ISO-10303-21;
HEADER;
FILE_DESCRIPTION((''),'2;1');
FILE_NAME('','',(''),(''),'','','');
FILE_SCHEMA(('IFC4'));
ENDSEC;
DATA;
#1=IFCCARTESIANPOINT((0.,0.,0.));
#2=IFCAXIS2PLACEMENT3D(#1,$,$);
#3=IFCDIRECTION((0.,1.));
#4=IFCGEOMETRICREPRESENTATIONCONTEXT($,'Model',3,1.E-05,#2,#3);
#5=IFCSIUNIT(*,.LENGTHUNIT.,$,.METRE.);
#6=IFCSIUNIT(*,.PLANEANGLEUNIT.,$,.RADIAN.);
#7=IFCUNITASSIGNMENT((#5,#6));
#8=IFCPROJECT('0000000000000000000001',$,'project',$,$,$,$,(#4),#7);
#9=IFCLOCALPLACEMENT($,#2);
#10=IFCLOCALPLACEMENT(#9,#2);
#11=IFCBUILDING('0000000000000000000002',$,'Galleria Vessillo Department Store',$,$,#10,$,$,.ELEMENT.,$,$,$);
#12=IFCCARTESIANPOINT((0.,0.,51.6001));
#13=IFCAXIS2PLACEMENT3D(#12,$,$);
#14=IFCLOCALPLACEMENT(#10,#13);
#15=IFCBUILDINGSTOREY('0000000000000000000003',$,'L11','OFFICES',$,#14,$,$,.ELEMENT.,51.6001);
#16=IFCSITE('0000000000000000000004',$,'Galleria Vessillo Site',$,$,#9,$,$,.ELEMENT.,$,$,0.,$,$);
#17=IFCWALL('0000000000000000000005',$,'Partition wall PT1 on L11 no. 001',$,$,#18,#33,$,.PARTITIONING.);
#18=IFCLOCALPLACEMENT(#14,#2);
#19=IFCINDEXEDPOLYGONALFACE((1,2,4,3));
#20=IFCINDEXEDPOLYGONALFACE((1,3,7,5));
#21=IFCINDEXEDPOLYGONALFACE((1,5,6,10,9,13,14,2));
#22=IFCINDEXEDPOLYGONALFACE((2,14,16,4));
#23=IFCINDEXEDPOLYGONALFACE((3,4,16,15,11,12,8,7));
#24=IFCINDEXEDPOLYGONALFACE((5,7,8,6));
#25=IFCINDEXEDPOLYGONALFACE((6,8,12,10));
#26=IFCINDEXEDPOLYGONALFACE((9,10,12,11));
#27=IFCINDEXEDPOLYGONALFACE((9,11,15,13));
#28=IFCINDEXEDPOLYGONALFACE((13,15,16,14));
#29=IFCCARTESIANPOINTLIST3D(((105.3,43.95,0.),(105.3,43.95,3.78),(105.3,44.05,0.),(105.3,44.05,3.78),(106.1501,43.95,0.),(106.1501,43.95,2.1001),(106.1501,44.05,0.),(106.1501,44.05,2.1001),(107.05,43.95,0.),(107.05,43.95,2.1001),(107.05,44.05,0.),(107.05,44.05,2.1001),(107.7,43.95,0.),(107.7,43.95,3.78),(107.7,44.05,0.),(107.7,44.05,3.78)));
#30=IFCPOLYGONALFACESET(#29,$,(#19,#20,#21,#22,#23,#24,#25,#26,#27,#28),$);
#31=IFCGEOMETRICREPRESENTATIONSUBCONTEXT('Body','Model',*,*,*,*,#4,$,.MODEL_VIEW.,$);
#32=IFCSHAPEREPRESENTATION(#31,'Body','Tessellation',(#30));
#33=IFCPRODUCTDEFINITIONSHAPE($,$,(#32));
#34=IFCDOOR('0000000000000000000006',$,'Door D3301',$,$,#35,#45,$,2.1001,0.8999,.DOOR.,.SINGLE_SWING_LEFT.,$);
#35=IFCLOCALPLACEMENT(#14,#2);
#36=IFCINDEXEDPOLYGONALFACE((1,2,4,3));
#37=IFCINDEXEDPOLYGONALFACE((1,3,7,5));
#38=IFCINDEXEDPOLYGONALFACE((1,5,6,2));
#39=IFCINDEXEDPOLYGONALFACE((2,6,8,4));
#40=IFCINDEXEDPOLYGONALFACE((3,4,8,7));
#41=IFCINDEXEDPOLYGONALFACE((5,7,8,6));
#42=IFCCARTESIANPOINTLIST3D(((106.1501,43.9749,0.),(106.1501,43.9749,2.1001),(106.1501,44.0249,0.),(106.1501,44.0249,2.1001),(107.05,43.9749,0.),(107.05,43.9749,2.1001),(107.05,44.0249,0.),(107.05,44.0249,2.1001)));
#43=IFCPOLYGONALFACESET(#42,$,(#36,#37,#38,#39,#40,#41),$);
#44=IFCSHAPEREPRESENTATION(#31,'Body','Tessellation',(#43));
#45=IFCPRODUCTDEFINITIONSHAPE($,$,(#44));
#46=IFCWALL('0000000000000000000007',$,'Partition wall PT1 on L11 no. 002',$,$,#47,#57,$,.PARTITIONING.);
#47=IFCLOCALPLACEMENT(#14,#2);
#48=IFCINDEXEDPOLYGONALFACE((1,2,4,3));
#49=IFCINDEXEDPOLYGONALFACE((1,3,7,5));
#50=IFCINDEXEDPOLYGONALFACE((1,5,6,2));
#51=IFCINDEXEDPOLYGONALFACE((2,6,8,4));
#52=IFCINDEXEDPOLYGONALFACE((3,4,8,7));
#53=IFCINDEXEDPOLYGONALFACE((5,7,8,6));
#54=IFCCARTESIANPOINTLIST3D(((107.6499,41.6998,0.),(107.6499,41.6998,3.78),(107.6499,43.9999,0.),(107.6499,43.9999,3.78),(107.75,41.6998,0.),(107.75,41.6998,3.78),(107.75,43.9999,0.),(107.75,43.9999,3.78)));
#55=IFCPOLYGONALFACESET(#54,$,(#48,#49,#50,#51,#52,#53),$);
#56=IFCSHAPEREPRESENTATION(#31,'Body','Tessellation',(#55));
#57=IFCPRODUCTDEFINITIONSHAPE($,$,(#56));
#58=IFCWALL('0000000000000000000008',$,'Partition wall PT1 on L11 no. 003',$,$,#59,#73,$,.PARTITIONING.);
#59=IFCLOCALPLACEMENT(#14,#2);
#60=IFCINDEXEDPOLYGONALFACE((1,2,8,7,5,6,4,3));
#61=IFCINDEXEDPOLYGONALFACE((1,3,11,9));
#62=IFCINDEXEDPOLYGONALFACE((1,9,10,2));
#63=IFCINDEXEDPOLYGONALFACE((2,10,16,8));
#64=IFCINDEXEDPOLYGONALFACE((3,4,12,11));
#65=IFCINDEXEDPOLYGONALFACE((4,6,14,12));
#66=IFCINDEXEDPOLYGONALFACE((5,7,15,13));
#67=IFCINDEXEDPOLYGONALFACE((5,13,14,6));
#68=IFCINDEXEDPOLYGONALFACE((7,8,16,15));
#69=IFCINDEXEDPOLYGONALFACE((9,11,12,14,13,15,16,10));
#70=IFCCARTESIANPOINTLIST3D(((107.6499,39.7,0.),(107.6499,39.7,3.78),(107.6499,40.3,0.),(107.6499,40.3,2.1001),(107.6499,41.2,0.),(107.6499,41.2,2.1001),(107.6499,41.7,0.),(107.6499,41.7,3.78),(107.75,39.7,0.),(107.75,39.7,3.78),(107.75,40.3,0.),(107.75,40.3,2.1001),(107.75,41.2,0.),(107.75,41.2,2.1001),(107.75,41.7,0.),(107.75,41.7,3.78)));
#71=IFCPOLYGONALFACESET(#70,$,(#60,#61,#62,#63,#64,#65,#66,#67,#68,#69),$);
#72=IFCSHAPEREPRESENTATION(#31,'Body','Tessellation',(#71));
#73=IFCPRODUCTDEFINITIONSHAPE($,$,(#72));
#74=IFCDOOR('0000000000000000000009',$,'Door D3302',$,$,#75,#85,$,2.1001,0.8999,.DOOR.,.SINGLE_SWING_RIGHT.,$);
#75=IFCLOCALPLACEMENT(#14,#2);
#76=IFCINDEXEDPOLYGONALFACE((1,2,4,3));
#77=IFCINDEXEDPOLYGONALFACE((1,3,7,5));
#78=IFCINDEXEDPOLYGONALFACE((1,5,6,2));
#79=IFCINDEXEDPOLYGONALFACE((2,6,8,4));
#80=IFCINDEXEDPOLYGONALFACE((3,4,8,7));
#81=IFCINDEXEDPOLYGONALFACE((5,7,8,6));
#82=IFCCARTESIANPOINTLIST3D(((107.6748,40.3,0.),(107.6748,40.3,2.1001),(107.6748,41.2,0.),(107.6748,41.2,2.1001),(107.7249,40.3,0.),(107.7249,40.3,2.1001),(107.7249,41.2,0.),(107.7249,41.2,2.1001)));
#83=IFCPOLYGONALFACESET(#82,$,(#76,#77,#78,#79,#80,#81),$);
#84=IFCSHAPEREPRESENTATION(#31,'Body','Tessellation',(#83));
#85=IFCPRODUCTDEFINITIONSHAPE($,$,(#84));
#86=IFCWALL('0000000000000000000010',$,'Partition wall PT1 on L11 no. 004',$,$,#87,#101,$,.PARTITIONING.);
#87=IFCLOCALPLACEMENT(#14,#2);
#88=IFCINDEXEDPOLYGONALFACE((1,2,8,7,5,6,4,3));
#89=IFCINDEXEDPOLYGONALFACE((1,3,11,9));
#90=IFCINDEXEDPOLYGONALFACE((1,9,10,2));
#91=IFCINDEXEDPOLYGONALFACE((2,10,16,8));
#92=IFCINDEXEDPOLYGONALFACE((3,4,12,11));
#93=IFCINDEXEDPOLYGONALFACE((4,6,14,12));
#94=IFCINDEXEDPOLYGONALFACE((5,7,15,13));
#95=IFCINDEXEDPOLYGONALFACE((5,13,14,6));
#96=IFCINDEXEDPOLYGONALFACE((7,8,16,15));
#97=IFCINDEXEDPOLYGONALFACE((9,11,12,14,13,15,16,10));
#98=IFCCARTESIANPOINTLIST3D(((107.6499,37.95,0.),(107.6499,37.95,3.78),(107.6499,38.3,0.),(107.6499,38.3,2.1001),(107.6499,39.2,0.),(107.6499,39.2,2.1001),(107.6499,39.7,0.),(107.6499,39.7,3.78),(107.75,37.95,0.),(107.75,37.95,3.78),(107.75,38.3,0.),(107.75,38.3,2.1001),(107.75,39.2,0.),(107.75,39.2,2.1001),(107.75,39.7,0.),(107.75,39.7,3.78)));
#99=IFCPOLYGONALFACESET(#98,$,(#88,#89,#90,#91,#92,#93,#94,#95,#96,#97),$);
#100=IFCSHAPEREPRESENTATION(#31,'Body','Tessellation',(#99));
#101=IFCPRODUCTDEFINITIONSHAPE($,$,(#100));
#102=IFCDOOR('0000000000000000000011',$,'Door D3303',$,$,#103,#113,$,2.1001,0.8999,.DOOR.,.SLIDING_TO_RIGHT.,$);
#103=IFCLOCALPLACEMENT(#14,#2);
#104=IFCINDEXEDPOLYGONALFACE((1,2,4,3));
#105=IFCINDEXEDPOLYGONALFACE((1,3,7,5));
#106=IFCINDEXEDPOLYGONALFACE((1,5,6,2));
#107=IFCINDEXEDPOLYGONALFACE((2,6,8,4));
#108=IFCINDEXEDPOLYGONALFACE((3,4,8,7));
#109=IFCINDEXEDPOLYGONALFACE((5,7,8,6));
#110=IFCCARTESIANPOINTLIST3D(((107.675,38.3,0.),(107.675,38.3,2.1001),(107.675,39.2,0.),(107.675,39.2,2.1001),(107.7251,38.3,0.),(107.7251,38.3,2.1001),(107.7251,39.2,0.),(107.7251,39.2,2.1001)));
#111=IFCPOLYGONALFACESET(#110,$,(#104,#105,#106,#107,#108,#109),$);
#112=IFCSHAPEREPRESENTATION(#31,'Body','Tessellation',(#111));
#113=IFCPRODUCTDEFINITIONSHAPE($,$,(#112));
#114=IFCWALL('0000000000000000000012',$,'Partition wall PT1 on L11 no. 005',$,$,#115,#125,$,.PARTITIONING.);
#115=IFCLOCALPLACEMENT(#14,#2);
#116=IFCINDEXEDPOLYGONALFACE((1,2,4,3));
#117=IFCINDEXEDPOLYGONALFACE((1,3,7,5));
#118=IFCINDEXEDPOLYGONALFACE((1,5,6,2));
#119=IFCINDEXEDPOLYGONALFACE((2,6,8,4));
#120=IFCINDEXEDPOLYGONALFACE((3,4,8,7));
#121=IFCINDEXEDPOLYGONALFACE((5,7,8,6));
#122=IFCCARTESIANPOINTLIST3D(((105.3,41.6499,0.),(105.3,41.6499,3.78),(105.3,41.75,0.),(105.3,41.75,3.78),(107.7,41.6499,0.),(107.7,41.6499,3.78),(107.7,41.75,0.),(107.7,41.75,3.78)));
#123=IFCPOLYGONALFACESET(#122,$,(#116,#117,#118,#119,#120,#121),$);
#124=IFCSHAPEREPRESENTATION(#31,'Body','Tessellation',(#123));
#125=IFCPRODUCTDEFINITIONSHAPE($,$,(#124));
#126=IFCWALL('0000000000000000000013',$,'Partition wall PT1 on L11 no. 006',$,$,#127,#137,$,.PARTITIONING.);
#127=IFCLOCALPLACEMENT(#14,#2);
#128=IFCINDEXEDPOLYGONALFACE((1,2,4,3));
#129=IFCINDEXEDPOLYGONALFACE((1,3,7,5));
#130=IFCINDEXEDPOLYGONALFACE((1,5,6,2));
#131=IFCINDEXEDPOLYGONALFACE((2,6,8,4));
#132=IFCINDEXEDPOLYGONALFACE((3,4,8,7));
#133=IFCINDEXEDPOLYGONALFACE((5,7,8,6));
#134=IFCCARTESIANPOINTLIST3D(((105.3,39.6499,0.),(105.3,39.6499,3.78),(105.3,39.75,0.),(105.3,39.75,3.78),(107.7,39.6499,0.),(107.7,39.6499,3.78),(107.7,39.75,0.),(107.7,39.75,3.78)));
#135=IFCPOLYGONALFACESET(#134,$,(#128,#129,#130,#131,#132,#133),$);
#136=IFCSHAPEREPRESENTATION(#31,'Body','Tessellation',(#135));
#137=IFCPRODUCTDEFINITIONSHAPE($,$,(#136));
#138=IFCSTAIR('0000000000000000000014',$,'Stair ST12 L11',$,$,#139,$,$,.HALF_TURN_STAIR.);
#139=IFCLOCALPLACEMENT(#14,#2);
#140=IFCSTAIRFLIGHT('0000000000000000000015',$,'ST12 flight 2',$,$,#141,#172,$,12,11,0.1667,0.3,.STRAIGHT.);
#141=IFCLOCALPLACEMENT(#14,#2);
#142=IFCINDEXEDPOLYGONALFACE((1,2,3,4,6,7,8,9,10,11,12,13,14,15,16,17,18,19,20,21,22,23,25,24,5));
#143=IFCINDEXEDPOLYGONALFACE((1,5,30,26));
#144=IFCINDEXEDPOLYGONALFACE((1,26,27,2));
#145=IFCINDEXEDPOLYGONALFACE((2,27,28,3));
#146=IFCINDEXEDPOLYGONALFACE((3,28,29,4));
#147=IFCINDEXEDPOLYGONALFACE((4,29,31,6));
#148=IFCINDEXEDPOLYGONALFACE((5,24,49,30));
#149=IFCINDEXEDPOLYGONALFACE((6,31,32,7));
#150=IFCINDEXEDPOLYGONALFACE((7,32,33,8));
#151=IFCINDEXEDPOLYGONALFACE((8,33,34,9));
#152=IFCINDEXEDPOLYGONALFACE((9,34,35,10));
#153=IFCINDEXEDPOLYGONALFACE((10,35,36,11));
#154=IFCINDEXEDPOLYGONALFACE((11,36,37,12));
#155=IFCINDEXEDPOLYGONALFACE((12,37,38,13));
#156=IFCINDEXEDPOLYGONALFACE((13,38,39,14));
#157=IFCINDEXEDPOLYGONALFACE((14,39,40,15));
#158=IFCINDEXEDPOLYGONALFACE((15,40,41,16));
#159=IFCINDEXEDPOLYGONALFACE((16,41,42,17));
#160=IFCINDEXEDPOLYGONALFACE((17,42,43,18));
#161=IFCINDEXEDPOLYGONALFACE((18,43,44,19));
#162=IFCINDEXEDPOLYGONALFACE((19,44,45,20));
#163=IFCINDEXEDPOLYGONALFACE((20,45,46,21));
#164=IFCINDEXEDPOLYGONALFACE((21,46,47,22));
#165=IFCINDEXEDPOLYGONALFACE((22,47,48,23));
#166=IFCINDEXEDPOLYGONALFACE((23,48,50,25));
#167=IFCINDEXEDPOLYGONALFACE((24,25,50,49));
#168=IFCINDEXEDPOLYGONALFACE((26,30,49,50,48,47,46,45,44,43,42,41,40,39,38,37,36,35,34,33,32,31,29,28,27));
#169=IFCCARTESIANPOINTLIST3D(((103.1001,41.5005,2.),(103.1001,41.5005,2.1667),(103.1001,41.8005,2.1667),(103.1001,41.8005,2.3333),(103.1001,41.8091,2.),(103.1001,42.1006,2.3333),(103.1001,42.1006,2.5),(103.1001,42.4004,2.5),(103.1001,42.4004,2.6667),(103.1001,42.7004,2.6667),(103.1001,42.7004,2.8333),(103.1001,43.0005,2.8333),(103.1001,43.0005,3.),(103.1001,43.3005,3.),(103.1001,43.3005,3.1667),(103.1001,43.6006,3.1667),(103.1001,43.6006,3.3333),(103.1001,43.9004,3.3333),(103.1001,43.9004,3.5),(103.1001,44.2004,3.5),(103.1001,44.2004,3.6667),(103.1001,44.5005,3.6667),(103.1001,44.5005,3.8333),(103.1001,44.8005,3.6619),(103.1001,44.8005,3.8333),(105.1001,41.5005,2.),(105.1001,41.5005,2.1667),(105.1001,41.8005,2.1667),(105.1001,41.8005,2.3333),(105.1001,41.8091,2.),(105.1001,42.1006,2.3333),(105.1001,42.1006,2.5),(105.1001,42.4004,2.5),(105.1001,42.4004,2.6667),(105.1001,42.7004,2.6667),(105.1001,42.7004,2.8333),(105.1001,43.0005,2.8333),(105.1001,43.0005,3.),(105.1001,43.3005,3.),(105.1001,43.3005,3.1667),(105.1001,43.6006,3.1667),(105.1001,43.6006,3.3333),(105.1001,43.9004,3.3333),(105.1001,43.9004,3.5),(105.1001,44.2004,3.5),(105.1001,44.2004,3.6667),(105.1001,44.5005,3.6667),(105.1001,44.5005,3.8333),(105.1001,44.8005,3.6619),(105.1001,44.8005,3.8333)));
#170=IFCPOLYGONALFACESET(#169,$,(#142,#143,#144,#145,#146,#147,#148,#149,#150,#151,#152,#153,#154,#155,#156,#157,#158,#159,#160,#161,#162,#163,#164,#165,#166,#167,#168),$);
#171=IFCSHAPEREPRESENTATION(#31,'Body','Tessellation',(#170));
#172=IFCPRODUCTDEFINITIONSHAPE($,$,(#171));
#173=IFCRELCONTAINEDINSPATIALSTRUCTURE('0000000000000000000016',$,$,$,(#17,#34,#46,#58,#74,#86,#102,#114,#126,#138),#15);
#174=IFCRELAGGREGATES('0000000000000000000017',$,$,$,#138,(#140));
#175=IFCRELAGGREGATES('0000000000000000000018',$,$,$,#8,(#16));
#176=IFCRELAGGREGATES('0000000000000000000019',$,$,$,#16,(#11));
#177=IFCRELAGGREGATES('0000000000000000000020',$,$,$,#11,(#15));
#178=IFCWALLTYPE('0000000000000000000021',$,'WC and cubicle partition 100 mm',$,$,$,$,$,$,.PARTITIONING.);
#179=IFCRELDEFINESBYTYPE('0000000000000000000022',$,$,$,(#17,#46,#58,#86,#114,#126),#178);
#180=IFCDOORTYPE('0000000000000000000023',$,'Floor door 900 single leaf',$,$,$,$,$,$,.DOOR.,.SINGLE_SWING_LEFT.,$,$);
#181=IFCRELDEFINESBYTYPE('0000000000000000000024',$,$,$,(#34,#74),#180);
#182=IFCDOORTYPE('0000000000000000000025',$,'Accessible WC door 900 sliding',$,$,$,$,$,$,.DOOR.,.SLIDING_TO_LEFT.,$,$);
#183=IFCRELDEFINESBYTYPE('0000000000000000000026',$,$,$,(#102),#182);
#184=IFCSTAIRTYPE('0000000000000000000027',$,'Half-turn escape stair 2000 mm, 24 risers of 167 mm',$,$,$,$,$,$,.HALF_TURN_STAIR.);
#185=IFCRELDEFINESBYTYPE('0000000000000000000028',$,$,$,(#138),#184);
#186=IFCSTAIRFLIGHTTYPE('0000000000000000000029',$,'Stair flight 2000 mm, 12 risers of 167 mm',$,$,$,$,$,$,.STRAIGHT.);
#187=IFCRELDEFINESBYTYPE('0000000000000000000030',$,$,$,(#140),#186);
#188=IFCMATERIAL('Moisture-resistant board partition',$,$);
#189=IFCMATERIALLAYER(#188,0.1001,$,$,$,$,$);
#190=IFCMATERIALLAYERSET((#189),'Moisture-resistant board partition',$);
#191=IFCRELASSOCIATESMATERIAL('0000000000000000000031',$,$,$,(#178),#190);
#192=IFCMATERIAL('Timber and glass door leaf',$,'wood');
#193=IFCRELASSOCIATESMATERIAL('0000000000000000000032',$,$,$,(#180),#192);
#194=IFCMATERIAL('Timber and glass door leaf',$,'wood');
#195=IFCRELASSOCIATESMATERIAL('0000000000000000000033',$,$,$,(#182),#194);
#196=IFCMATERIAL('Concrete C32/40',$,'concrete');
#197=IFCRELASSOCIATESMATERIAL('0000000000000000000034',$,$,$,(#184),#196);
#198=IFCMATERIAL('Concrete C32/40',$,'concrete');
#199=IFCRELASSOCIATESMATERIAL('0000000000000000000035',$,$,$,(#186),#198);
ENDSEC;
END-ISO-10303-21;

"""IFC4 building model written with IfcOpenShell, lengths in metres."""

from ifc_helpers import new_model, si_unit, direction, frame, frame_2d, origin, place, context, subcontext, project, spatial, polyline, rectangle, outline, extrude, material, layer, layer_set, type_object, element, fill, aggregate, save


model = new_model("IFC4")

# Units and contexts
model_context = context("Model", 3, precision=1e-05, world=origin(), true_north=direction((0.0, 1.0)))
body_context = subcontext(model_context, "Body", "Model", "MODEL_VIEW")
ifc_project = project(units=[si_unit("LENGTHUNIT", "METRE"), si_unit("PLANEANGLEUNIT", "RADIAN")], contexts=[model_context])

# Site, building, storey
site_placement = place(None, origin())
site = spatial("IfcSite", under=ifc_project, at=site_placement, Name="Galleria Vessillo Site", CompositionType="ELEMENT", RefElevation=0.0)
building_placement = place(site_placement, origin())
building = spatial("IfcBuilding", under=site, at=building_placement, Name="Galleria Vessillo Department Store", CompositionType="ELEMENT")
storey_placement = place(building_placement, frame((0.0, 0.0, 51.6001)))
storey = spatial("IfcBuildingStorey", under=building, at=storey_placement, Name="L11", Description="OFFICES", CompositionType="ELEMENT", Elevation=51.6001)

# Wall, opening, door
ifc_material_1 = material(Name="Moisture-resistant board partition")
ifc_layer_1 = layer(ifc_material_1, 0.1001)
ifc_layer_set_1 = layer_set([ifc_layer_1], Name="Moisture-resistant board partition")
wall_type_1 = type_object("IfcWallType", Name="WC and cubicle partition 100 mm", PredefinedType="PARTITIONING", material=ifc_layer_set_1)
wall_1_placement = place(storey_placement, frame((105.3, 44.0, 0.0), z_axis=(0.0, 0.0, 1.0), x_axis=(1.0, 0.0, 0.0)))
wall_1 = element("IfcWall", 1, at=wall_1_placement, inside=storey, type_object=wall_type_1, Name="Partition wall PT1 on L11 no. 001", PredefinedType="PARTITIONING", context=body_context, shape_type="SweptSolid", body=[
    extrude(rectangle(XDim=2.3999, YDim=0.1001, at=frame_2d((1.2, 0.0))), origin(), (0.0, 0.0, 1.0), 3.78),
])
opening_1_placement = place(wall_1_placement, frame((0.8501, 0.0, 0.0)))
opening_1 = element("IfcOpeningElement", 2, at=opening_1_placement, cuts=wall_1, PredefinedType="OPENING", context=body_context, shape_type="SweptSolid", body=[
    extrude(rectangle(XDim=0.8999, YDim=2.1001, at=frame_2d((0.45, 1.05))), frame((0.0, 0.0601, 0.0), z_axis=(0.0, -1.0, 0.0), x_axis=(1.0, 0.0, 0.0)), (0.0, 0.0, 1.0), 0.1201),
])
ifc_material_2 = material(Name="Timber and glass door leaf", Category="wood")
door_type_1 = type_object("IfcDoorType", Name="Floor door 900 single leaf", OperationType="SINGLE_SWING_LEFT", PredefinedType="DOOR", material=ifc_material_2)
door_1_placement = place(opening_1_placement, origin())
door_1 = element("IfcDoor", 3, at=door_1_placement, inside=storey, type_object=door_type_1, Name="Door D3301", OperationType="SINGLE_SWING_LEFT", OverallHeight=2.1001, OverallWidth=0.8999, PredefinedType="DOOR", context=body_context, shape_type="SweptSolid", body=[
    extrude(rectangle(XDim=0.8999, YDim=2.1001, at=frame_2d((0.45, 1.05))), frame((0.0, 0.0249, 0.0), z_axis=(0.0, -1.0, 0.0), x_axis=(1.0, 0.0, 0.0)), (0.0, 0.0, 1.0), 0.05),
])
fill(opening_1, door_1)

# Wall
wall_2_placement = place(storey_placement, frame((107.7, 41.7, 0.0), z_axis=(0.0, 0.0, 1.0), x_axis=(0.0, 1.0, 0.0)))
element("IfcWall", 4, at=wall_2_placement, inside=storey, type_object=wall_type_1, Name="Partition wall PT1 on L11 no. 002", PredefinedType="PARTITIONING", context=body_context, shape_type="SweptSolid", body=[
    extrude(rectangle(XDim=2.3, YDim=0.1001, at=frame_2d((1.1499, 0.0))), origin(), (0.0, 0.0, 1.0), 3.78),
])

# Walls, openings, doors
wall_3_placement = place(storey_placement, frame((107.7, 39.7, 0.0), z_axis=(0.0, 0.0, 1.0), x_axis=(0.0, 1.0, 0.0)))
wall_3 = element("IfcWall", 5, at=wall_3_placement, inside=storey, type_object=wall_type_1, Name="Partition wall PT1 on L11 no. 003", PredefinedType="PARTITIONING", context=body_context, shape_type="SweptSolid", body=[
    extrude(rectangle(XDim=2.0, YDim=0.1001, at=frame_2d((1.0, 0.0))), origin(), (0.0, 0.0, 1.0), 3.78),
])
opening_2_placement = place(wall_3_placement, frame((0.6001, 0.0, 0.0)))
opening_2 = element("IfcOpeningElement", 6, at=opening_2_placement, cuts=wall_3, PredefinedType="OPENING", context=body_context, shape_type="SweptSolid", body=[
    extrude(rectangle(XDim=0.8999, YDim=2.1001, at=frame_2d((0.45, 1.05))), frame((0.0, 0.0601, 0.0), z_axis=(0.0, -1.0, 0.0), x_axis=(1.0, 0.0, 0.0)), (0.0, 0.0, 1.0), 0.1201),
])
door_2_placement = place(opening_2_placement, frame((0.8999, 0.0, 0.0), z_axis=(0.0, 0.0, 1.0), x_axis=(-1.0, 0.0, 0.0)))
door_2 = element("IfcDoor", 7, at=door_2_placement, inside=storey, type_object=door_type_1, Name="Door D3302", OperationType="SINGLE_SWING_RIGHT", OverallHeight=2.1001, OverallWidth=0.8999, PredefinedType="DOOR", context=body_context, shape_type="SweptSolid", body=[
    extrude(rectangle(XDim=0.8999, YDim=2.1001, at=frame_2d((0.45, 1.05))), frame((0.0, 0.0249, 0.0), z_axis=(0.0, -1.0, 0.0), x_axis=(1.0, 0.0, 0.0)), (0.0, 0.0, 1.0), 0.05),
])
fill(opening_2, door_2)
wall_4_placement = place(storey_placement, frame((107.7, 37.95, 0.0), z_axis=(0.0, 0.0, 1.0), x_axis=(0.0, 1.0, 0.0)))
wall_4 = element("IfcWall", 8, at=wall_4_placement, inside=storey, type_object=wall_type_1, Name="Partition wall PT1 on L11 no. 004", PredefinedType="PARTITIONING", context=body_context, shape_type="SweptSolid", body=[
    extrude(rectangle(XDim=1.75, YDim=0.1001, at=frame_2d((0.875, 0.0))), origin(), (0.0, 0.0, 1.0), 3.78),
])
opening_3_placement = place(wall_4_placement, frame((0.3501, 0.0, 0.0)))
opening_3 = element("IfcOpeningElement", 9, at=opening_3_placement, cuts=wall_4, PredefinedType="OPENING", context=body_context, shape_type="SweptSolid", body=[
    extrude(rectangle(XDim=0.8999, YDim=2.1001, at=frame_2d((0.45, 1.05))), frame((0.0, 0.0601, 0.0), z_axis=(0.0, -1.0, 0.0), x_axis=(1.0, 0.0, 0.0)), (0.0, 0.0, 1.0), 0.1201),
])
ifc_material_3 = material(Name="Timber and glass door leaf", Category="wood")
door_type_2 = type_object("IfcDoorType", Name="Accessible WC door 900 sliding", OperationType="SLIDING_TO_LEFT", PredefinedType="DOOR", material=ifc_material_3)
door_3_placement = place(opening_3_placement, origin())
door_3 = element("IfcDoor", 10, at=door_3_placement, inside=storey, type_object=door_type_2, Name="Door D3303", OperationType="SLIDING_TO_RIGHT", OverallHeight=2.1001, OverallWidth=0.8999, PredefinedType="DOOR", context=body_context, shape_type="SweptSolid", body=[
    extrude(rectangle(XDim=0.8999, YDim=2.1001, at=frame_2d((0.45, 1.05))), frame((0.0, 0.0249, 0.0), z_axis=(0.0, -1.0, 0.0), x_axis=(1.0, 0.0, 0.0)), (0.0, 0.0, 1.0), 0.05),
])
fill(opening_3, door_3)

# Walls
for number, where, z_axis, x_axis, name in (
    (11, (105.3, 41.7, 0.0), (0.0, 0.0, 1.0), (1.0, 0.0, 0.0), "Partition wall PT1 on L11 no. 005"),
    (12, (105.3, 39.7, 0.0), (0.0, 0.0, 1.0), (1.0, 0.0, 0.0), "Partition wall PT1 on L11 no. 006"),
):
    element("IfcWall", number, at=place(storey_placement, frame(where, z_axis=z_axis, x_axis=x_axis)), inside=storey, type_object=wall_type_1, Name=name, PredefinedType="PARTITIONING", context=body_context, shape_type="SweptSolid", body=[
        extrude(rectangle(XDim=2.3999, YDim=0.1001, at=frame_2d((1.2, 0.0))), origin(), (0.0, 0.0, 1.0), 3.78),
    ])

# Stair, stair flight
ifc_material_4 = material(Name="Concrete C32/40", Category="concrete")
stair_type = type_object("IfcStairType", Name="Half-turn escape stair 2000 mm, 24 risers of 167 mm", PredefinedType="HALF_TURN_STAIR", material=ifc_material_4)
stair_placement = place(storey_placement, origin())
stair = element("IfcStair", 13, at=stair_placement, inside=storey, type_object=stair_type, Name="Stair ST12 L11", PredefinedType="HALF_TURN_STAIR")
ifc_material_5 = material(Name="Concrete C32/40", Category="concrete")
stair_flight_type = type_object("IfcStairFlightType", Name="Stair flight 2000 mm, 12 risers of 167 mm", PredefinedType="STRAIGHT", material=ifc_material_5)
stair_flight_placement = place(storey_placement, frame((104.1001, 41.5005, 2.0), z_axis=(0.0, 0.0, 1.0), x_axis=(0.0, 1.0, 0.0)))
stair_flight = element("IfcStairFlight", 14, at=stair_flight_placement, type_object=stair_flight_type, Name="ST12 flight 2", NumberOfRisers=12, NumberOfTreads=11, PredefinedType="STRAIGHT", RiserHeight=0.1667, TreadLength=0.3, context=body_context, shape_type="SweptSolid", body=[
    extrude(outline(polyline([(0.0, 0.0), (0.0, 0.1667), (0.3, 0.1667), (0.3, 0.3333), (0.6001, 0.3333), (0.6001, 0.5), (0.8999, 0.5), (0.8999, 0.6667), (1.2, 0.6667), (1.2, 0.8333), (1.5, 0.8333), (1.5, 1.0), (1.8, 1.0), (1.8, 1.1667), (2.1001, 1.1667), (2.1001, 1.3333), (2.3999, 1.3333), (2.3999, 1.5), (2.7, 1.5), (2.7, 1.6667), (3.0, 1.6667), (3.0, 1.8333), (3.3, 1.8333), (3.3, 2.0), (3.3, 1.6619), (0.3086, 0.0), (0.0, 0.0)])), frame((0.0, 1.0, 0.0), z_axis=(0.0, -1.0, 0.0), x_axis=(1.0, 0.0, 0.0)), (0.0, 0.0, 1.0), 2.0),
])
aggregate(stair, [stair_flight])

save(model, "model.ifc")
